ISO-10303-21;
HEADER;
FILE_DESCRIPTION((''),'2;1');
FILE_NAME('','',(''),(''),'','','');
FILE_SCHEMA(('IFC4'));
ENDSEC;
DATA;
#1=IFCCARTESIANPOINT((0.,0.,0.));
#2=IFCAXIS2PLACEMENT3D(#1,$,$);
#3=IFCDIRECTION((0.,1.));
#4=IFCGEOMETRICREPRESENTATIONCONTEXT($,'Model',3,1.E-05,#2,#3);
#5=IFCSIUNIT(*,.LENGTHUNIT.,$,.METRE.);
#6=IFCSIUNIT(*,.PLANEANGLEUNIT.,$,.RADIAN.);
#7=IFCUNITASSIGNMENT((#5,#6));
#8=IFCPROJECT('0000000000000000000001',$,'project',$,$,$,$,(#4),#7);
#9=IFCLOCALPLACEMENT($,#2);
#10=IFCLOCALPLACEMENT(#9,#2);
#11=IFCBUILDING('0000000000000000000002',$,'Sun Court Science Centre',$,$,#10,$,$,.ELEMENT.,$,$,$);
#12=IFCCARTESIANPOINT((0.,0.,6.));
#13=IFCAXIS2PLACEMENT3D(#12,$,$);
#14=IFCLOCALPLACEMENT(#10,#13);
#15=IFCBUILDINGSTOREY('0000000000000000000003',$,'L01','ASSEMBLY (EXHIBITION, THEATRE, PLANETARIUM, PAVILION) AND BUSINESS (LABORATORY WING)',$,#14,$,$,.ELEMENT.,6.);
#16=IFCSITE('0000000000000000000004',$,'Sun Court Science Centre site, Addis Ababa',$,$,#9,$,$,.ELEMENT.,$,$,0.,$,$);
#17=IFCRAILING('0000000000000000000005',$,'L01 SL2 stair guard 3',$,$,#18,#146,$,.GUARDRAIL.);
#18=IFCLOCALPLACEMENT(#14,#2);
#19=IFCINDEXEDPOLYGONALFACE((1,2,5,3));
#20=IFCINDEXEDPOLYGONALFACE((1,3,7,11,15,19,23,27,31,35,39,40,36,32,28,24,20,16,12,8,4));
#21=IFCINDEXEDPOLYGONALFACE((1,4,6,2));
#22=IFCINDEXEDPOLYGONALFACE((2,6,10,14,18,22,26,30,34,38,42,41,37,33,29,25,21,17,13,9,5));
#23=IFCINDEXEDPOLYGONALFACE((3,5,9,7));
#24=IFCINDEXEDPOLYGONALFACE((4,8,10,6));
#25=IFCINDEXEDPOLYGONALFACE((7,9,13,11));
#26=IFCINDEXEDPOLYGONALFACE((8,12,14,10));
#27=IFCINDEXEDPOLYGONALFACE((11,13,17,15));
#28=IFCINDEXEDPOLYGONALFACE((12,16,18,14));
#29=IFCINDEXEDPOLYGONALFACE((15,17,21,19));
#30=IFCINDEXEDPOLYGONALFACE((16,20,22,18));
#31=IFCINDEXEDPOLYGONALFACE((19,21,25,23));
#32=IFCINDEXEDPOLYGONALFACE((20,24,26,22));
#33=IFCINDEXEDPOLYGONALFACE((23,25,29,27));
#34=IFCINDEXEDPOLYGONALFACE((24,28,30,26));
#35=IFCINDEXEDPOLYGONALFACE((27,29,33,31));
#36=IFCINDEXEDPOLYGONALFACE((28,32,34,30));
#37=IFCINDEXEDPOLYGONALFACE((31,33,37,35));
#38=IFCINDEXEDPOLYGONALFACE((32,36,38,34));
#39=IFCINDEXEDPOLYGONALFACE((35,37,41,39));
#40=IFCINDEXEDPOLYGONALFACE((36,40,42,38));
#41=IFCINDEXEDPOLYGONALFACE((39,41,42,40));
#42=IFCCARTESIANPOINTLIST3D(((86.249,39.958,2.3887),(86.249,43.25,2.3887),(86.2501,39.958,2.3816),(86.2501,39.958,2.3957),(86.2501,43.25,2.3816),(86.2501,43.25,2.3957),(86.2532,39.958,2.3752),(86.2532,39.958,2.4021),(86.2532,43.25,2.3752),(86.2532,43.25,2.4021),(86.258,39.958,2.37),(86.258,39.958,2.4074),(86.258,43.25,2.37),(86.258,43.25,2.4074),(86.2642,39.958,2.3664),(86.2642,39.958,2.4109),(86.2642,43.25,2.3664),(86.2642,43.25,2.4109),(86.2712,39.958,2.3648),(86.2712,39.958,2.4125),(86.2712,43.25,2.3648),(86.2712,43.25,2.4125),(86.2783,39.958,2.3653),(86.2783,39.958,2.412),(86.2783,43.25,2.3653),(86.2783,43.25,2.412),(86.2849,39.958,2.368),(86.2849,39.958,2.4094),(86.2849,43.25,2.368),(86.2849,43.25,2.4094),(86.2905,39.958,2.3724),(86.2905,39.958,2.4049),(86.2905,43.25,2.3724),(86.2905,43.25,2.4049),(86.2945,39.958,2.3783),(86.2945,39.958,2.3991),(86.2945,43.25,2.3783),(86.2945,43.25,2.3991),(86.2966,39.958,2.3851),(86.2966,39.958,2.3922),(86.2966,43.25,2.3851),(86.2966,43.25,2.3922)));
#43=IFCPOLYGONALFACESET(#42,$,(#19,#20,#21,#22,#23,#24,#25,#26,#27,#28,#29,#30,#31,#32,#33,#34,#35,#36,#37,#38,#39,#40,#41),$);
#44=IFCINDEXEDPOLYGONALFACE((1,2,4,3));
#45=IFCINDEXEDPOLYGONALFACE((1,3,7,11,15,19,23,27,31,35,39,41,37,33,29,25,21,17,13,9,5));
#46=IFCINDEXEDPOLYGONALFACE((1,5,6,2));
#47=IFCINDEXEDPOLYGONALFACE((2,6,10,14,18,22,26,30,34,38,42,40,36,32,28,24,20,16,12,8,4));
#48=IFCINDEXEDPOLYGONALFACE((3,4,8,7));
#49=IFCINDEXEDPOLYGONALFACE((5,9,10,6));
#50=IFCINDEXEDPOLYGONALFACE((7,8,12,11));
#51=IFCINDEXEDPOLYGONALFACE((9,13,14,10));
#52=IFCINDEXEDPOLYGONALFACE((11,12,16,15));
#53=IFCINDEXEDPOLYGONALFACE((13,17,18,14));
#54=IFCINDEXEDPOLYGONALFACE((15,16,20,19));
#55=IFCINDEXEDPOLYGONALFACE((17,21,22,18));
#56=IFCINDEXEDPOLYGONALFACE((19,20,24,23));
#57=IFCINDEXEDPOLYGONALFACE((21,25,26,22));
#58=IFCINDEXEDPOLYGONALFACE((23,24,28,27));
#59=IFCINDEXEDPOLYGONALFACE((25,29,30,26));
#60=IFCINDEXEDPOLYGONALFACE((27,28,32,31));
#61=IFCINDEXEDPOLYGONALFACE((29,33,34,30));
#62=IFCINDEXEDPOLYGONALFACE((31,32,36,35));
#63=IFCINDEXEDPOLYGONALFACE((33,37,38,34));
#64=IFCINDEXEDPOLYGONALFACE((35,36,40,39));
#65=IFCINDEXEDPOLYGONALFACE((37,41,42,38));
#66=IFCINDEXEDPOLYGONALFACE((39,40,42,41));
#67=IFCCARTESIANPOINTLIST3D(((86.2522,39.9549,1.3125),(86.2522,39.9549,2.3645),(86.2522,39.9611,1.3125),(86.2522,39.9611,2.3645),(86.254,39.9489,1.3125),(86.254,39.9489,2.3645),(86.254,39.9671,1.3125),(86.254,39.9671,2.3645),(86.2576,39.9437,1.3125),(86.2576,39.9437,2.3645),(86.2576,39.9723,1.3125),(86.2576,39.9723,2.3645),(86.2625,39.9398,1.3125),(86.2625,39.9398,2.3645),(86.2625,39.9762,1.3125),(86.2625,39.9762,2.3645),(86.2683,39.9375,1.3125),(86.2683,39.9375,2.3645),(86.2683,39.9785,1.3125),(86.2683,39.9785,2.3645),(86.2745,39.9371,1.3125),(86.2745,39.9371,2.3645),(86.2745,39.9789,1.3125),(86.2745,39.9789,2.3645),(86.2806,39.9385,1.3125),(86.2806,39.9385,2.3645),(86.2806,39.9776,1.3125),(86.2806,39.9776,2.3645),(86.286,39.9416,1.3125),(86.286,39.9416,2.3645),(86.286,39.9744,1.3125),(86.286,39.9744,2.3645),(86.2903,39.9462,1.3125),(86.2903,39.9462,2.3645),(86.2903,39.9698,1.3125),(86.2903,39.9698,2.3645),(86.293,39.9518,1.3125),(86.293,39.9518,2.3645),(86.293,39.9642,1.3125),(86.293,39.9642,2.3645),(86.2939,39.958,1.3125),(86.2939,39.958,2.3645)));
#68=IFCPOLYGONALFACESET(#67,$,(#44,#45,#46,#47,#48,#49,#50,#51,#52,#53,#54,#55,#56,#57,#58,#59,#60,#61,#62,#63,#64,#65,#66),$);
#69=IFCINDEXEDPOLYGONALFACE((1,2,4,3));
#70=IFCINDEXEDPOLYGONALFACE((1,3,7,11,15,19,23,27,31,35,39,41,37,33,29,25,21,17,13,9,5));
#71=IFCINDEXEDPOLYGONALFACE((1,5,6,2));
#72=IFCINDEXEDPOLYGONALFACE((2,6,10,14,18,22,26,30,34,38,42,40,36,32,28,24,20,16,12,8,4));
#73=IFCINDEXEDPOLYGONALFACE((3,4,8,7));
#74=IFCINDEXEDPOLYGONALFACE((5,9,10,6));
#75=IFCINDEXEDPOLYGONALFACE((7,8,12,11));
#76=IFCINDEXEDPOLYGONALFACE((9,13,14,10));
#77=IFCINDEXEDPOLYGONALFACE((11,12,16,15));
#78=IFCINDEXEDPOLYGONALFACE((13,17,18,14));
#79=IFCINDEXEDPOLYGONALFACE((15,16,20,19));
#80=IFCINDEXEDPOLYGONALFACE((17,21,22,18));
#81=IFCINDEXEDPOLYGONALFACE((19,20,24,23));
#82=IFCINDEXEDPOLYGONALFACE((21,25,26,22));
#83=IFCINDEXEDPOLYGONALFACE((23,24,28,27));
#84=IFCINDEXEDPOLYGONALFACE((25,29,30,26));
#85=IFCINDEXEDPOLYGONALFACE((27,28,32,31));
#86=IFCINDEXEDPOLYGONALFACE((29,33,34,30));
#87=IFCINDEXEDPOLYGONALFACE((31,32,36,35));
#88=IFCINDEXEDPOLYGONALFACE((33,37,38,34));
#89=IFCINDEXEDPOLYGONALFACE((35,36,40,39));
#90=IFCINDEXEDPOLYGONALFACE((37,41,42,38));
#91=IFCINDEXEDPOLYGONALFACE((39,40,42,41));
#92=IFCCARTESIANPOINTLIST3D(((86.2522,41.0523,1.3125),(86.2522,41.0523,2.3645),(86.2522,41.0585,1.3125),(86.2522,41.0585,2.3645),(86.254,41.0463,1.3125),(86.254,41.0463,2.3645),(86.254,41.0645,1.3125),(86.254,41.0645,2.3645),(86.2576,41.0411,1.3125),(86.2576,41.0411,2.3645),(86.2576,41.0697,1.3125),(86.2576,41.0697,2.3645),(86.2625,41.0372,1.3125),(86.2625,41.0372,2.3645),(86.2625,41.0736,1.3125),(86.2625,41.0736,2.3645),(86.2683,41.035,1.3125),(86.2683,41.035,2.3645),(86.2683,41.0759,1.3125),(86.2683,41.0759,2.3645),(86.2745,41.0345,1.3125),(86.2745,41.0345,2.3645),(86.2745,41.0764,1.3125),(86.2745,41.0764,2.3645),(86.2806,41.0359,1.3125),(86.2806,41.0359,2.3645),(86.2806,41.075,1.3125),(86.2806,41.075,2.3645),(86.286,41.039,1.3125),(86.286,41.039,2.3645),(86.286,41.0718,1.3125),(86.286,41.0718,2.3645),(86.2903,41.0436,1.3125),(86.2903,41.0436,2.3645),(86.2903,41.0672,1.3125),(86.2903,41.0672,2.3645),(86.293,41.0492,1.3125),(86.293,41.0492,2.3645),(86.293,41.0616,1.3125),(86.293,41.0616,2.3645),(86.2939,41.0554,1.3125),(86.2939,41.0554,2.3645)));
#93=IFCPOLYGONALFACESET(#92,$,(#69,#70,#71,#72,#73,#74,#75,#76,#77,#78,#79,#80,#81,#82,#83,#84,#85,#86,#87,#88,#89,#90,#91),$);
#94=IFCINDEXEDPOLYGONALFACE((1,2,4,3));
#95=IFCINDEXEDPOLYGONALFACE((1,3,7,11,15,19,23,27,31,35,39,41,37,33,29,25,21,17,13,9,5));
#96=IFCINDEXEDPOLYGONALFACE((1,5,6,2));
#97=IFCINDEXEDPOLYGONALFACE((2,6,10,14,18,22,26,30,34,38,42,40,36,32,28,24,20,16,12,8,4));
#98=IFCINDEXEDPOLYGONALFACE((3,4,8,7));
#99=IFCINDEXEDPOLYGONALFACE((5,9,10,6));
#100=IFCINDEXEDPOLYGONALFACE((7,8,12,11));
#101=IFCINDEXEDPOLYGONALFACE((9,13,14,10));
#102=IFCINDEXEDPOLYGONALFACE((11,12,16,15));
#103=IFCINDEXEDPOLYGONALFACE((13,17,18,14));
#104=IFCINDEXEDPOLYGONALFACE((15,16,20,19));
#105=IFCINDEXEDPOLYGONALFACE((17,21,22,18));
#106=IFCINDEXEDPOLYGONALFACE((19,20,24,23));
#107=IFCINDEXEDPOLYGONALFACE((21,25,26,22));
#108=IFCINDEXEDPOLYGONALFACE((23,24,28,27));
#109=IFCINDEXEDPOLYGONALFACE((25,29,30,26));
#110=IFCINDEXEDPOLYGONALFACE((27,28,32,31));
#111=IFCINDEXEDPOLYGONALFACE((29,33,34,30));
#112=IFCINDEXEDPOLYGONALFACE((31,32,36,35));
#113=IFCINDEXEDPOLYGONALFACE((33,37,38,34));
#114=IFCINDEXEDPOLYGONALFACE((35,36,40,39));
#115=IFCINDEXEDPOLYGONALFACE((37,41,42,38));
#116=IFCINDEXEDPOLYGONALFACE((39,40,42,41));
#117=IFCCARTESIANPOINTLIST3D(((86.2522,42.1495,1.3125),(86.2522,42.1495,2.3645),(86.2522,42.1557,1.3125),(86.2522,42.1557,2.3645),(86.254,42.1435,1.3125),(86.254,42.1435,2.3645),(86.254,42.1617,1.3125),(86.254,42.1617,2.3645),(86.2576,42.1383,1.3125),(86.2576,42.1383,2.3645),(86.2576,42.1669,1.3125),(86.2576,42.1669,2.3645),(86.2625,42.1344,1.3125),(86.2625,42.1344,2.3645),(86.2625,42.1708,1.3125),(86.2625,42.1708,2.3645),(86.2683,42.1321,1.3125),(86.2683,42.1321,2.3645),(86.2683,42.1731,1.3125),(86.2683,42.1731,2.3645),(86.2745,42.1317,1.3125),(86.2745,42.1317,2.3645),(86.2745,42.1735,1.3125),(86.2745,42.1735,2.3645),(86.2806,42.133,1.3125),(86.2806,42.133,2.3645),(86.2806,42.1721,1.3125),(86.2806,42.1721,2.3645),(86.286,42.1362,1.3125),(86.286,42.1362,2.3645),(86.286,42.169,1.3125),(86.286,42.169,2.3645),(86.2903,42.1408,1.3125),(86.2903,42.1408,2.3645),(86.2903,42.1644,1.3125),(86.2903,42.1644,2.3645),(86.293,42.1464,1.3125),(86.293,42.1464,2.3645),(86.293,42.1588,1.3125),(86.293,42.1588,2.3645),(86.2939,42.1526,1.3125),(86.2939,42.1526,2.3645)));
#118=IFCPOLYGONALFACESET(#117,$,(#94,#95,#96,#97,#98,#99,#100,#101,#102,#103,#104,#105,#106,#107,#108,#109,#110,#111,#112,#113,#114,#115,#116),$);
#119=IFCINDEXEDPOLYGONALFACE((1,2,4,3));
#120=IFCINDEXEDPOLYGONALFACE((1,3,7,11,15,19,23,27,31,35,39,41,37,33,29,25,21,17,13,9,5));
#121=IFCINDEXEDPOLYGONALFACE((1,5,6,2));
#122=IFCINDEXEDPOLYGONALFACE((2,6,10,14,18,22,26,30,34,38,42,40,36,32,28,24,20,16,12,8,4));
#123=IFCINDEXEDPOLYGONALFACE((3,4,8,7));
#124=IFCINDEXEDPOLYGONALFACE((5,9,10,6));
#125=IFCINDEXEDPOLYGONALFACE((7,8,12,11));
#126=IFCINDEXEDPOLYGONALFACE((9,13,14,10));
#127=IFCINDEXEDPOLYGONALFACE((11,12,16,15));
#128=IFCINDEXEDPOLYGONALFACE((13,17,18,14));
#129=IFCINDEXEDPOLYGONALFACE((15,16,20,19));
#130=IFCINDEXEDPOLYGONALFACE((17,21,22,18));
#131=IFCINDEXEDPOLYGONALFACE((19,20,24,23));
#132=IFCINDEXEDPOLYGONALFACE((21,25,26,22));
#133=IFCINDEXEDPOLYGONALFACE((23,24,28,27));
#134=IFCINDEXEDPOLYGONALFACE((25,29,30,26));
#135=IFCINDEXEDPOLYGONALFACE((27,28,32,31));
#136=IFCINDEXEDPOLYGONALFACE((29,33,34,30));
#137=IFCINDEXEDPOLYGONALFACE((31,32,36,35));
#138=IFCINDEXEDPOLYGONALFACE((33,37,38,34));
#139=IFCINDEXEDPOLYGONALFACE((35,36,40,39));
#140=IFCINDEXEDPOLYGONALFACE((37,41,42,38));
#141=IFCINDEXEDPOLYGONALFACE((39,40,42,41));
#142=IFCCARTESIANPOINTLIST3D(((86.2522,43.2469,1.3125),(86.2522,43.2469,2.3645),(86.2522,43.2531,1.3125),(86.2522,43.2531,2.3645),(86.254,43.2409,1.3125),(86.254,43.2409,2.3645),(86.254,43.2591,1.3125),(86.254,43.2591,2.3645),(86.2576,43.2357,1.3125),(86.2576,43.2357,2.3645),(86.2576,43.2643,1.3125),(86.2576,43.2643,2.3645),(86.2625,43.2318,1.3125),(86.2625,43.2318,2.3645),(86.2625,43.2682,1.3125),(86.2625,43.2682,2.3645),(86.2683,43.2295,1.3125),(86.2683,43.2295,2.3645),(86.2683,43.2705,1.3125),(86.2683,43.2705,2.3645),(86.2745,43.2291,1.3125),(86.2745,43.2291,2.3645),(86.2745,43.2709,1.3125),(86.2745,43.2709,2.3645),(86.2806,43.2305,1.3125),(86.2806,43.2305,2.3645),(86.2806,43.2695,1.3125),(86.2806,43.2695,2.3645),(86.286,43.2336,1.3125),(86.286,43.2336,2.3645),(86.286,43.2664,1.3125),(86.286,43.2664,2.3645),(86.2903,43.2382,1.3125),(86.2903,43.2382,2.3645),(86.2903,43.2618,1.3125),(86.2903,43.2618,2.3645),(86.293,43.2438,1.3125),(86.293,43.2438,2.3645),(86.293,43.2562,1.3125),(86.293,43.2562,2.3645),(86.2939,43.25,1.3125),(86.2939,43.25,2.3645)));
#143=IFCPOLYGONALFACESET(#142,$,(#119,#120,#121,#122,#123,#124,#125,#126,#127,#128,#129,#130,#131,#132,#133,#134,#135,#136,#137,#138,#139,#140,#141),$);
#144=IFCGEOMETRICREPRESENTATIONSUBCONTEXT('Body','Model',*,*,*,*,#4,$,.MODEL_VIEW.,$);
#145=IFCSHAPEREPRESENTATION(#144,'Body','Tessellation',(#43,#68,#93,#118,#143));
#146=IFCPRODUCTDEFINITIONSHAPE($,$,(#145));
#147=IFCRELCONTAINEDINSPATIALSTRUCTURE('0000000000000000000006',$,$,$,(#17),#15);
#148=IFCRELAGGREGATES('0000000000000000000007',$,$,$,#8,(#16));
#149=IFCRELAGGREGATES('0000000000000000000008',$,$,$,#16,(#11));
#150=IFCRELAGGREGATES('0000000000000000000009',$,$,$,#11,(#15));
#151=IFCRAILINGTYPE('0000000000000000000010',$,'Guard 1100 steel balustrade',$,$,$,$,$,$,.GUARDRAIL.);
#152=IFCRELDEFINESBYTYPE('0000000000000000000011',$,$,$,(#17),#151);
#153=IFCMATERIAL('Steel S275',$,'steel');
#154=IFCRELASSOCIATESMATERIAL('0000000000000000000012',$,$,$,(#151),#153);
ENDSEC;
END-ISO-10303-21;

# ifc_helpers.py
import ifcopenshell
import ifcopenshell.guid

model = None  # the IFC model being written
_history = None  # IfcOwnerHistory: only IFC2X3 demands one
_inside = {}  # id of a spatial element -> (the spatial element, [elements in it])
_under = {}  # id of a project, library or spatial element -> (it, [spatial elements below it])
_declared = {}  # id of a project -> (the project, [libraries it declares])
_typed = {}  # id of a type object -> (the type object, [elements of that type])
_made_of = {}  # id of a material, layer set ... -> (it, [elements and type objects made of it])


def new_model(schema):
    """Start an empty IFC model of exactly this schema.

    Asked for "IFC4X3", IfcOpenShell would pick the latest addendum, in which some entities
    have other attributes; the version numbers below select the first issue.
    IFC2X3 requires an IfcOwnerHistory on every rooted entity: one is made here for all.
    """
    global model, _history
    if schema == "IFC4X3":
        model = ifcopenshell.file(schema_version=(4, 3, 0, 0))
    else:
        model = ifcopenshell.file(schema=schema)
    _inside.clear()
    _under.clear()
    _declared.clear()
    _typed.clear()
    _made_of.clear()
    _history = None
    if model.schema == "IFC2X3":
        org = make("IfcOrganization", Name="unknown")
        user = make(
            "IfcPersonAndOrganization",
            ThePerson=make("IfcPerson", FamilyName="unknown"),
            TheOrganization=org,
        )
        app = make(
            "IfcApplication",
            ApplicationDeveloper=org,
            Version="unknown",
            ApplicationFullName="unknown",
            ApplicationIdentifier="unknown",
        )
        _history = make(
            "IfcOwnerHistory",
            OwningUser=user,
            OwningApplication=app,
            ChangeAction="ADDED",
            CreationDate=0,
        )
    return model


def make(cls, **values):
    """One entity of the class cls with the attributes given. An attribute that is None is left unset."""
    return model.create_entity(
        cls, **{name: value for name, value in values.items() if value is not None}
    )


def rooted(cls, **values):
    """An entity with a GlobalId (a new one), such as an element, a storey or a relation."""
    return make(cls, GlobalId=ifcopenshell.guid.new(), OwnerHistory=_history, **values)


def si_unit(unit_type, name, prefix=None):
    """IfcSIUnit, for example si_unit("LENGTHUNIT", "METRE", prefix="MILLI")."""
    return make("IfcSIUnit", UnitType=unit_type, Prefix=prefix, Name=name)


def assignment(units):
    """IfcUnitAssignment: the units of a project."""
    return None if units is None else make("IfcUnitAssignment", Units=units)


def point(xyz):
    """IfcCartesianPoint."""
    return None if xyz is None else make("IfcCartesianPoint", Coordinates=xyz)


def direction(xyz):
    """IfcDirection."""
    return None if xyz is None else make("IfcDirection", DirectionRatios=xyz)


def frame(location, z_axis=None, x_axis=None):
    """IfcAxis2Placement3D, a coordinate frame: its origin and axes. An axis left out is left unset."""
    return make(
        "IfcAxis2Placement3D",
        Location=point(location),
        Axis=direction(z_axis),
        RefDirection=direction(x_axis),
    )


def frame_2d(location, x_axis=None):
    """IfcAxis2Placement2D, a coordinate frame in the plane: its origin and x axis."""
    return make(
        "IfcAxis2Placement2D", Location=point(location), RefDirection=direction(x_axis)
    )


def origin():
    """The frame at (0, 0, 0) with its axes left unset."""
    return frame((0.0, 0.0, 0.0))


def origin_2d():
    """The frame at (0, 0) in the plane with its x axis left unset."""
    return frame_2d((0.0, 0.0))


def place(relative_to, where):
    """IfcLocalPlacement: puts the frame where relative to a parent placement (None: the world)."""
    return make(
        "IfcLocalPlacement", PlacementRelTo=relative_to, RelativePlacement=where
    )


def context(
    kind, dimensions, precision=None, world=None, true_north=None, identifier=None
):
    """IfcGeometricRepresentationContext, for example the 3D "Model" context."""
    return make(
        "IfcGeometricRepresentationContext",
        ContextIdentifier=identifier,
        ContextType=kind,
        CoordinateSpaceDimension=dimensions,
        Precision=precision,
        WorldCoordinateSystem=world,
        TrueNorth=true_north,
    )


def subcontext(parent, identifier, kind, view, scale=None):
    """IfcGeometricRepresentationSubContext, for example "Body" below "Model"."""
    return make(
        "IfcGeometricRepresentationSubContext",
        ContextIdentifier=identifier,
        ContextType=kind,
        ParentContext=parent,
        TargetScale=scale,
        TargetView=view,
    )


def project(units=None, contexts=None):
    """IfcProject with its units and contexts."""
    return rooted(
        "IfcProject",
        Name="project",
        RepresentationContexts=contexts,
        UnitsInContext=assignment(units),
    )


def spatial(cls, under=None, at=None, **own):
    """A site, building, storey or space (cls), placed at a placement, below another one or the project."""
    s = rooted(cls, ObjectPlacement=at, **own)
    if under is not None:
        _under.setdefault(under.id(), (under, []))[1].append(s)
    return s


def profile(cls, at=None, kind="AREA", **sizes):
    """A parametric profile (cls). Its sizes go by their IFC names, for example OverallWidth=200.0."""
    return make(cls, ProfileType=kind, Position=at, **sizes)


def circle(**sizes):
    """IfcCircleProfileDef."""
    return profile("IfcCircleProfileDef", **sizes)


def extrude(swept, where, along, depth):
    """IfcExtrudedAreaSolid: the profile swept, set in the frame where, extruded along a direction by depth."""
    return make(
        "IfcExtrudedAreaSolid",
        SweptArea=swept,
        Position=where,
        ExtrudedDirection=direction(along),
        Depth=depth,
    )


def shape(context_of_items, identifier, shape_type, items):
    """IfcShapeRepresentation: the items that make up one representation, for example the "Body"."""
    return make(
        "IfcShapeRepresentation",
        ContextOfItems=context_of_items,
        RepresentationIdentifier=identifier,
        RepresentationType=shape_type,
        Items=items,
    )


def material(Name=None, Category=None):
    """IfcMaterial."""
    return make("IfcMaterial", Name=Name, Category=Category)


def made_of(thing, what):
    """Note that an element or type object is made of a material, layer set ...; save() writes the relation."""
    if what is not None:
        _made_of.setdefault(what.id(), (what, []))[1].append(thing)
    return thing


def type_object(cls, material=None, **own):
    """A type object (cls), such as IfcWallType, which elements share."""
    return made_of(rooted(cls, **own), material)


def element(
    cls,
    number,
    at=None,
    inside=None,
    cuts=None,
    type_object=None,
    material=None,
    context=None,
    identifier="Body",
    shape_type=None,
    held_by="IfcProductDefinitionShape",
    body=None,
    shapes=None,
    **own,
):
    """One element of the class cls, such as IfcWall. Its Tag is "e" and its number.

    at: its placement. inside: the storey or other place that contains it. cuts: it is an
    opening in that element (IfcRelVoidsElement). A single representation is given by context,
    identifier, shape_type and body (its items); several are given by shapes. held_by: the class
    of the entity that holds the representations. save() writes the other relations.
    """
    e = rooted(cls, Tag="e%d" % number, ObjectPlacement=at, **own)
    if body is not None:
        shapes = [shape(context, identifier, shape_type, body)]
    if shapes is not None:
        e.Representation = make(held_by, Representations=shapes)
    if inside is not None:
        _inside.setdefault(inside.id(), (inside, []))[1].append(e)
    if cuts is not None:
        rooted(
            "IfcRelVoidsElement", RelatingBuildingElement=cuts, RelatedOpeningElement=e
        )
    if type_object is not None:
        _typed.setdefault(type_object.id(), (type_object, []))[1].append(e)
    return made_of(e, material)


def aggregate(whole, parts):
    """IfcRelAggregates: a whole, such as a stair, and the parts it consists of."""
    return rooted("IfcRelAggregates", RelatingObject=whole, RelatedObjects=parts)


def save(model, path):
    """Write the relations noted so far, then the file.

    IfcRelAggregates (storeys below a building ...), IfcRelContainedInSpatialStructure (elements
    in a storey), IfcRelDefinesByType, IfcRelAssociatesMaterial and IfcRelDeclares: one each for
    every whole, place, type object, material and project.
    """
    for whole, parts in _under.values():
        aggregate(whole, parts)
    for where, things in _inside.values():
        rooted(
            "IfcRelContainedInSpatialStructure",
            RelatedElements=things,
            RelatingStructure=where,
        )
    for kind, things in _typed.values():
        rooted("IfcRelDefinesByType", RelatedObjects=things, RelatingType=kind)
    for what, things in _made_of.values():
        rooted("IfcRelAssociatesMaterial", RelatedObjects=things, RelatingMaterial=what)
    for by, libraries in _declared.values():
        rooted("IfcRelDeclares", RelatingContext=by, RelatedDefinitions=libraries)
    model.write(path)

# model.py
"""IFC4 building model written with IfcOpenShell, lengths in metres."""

from ifc_helpers import new_model, si_unit, direction, frame, origin, origin_2d, place, context, subcontext, project, spatial, circle, extrude, material, type_object, element, save


model = new_model("IFC4")

# Units and contexts
model_context = context("Model", 3, precision=1e-05, world=origin(), true_north=direction((0.0, 1.0)))
body_context = subcontext(model_context, "Body", "Model", "MODEL_VIEW")
ifc_project = project(units=[si_unit("LENGTHUNIT", "METRE"), si_unit("PLANEANGLEUNIT", "RADIAN")], contexts=[model_context])

# Site, building, storey
site_placement = place(None, origin())
site = spatial("IfcSite", under=ifc_project, at=site_placement, Name="Sun Court Science Centre site, Addis Ababa", CompositionType="ELEMENT", RefElevation=0.0)
building_placement = place(site_placement, origin())
building = spatial("IfcBuilding", under=site, at=building_placement, Name="Sun Court Science Centre", CompositionType="ELEMENT")
storey_placement = place(building_placement, frame((0.0, 0.0, 6.0)))
storey = spatial("IfcBuildingStorey", under=building, at=storey_placement, Name="L01", Description="ASSEMBLY (EXHIBITION, THEATRE, PLANETARIUM, PAVILION) AND BUSINESS (LABORATORY WING)", CompositionType="ELEMENT", Elevation=6.0)

# Railing
ifc_material_1 = material(Name="Steel S275", Category="steel")
railing_type_1 = type_object("IfcRailingType", Name="Guard 1100 steel balustrade", PredefinedType="GUARDRAIL", material=ifc_material_1)
for number, where, name in (
    (1, (86.2729, 39.958, 1.3125), "L01 SL2 stair guard 3"),
):
    element("IfcRailing", number, at=place(storey_placement, frame(where)), inside=storey, type_object=railing_type_1, Name=name, PredefinedType="GUARDRAIL", context=body_context, shape_type="SweptSolid", body=[
        extrude(circle(Radius=0.0239, at=origin_2d()), frame((0.0, 0.0, 1.0762), z_axis=(0.0, 1.0, 0.0), x_axis=(-1.0, 0.0, 0.0)), (0.0, 0.0, 1.0), 3.292),
        extrude(circle(Radius=0.021, at=origin_2d()), origin(), (0.0, 0.0, 1.0), 1.052),
        extrude(circle(Radius=0.021, at=origin_2d()), frame((0.0, 1.0974, 0.0)), (0.0, 0.0, 1.0), 1.052),
        extrude(circle(Radius=0.021, at=origin_2d()), frame((0.0, 2.1946, 0.0)), (0.0, 0.0, 1.0), 1.052),
        extrude(circle(Radius=0.021, at=origin_2d()), frame((0.0, 3.292, 0.0)), (0.0, 0.0, 1.0), 1.052),
    ])

save(model, "model.ifc")
